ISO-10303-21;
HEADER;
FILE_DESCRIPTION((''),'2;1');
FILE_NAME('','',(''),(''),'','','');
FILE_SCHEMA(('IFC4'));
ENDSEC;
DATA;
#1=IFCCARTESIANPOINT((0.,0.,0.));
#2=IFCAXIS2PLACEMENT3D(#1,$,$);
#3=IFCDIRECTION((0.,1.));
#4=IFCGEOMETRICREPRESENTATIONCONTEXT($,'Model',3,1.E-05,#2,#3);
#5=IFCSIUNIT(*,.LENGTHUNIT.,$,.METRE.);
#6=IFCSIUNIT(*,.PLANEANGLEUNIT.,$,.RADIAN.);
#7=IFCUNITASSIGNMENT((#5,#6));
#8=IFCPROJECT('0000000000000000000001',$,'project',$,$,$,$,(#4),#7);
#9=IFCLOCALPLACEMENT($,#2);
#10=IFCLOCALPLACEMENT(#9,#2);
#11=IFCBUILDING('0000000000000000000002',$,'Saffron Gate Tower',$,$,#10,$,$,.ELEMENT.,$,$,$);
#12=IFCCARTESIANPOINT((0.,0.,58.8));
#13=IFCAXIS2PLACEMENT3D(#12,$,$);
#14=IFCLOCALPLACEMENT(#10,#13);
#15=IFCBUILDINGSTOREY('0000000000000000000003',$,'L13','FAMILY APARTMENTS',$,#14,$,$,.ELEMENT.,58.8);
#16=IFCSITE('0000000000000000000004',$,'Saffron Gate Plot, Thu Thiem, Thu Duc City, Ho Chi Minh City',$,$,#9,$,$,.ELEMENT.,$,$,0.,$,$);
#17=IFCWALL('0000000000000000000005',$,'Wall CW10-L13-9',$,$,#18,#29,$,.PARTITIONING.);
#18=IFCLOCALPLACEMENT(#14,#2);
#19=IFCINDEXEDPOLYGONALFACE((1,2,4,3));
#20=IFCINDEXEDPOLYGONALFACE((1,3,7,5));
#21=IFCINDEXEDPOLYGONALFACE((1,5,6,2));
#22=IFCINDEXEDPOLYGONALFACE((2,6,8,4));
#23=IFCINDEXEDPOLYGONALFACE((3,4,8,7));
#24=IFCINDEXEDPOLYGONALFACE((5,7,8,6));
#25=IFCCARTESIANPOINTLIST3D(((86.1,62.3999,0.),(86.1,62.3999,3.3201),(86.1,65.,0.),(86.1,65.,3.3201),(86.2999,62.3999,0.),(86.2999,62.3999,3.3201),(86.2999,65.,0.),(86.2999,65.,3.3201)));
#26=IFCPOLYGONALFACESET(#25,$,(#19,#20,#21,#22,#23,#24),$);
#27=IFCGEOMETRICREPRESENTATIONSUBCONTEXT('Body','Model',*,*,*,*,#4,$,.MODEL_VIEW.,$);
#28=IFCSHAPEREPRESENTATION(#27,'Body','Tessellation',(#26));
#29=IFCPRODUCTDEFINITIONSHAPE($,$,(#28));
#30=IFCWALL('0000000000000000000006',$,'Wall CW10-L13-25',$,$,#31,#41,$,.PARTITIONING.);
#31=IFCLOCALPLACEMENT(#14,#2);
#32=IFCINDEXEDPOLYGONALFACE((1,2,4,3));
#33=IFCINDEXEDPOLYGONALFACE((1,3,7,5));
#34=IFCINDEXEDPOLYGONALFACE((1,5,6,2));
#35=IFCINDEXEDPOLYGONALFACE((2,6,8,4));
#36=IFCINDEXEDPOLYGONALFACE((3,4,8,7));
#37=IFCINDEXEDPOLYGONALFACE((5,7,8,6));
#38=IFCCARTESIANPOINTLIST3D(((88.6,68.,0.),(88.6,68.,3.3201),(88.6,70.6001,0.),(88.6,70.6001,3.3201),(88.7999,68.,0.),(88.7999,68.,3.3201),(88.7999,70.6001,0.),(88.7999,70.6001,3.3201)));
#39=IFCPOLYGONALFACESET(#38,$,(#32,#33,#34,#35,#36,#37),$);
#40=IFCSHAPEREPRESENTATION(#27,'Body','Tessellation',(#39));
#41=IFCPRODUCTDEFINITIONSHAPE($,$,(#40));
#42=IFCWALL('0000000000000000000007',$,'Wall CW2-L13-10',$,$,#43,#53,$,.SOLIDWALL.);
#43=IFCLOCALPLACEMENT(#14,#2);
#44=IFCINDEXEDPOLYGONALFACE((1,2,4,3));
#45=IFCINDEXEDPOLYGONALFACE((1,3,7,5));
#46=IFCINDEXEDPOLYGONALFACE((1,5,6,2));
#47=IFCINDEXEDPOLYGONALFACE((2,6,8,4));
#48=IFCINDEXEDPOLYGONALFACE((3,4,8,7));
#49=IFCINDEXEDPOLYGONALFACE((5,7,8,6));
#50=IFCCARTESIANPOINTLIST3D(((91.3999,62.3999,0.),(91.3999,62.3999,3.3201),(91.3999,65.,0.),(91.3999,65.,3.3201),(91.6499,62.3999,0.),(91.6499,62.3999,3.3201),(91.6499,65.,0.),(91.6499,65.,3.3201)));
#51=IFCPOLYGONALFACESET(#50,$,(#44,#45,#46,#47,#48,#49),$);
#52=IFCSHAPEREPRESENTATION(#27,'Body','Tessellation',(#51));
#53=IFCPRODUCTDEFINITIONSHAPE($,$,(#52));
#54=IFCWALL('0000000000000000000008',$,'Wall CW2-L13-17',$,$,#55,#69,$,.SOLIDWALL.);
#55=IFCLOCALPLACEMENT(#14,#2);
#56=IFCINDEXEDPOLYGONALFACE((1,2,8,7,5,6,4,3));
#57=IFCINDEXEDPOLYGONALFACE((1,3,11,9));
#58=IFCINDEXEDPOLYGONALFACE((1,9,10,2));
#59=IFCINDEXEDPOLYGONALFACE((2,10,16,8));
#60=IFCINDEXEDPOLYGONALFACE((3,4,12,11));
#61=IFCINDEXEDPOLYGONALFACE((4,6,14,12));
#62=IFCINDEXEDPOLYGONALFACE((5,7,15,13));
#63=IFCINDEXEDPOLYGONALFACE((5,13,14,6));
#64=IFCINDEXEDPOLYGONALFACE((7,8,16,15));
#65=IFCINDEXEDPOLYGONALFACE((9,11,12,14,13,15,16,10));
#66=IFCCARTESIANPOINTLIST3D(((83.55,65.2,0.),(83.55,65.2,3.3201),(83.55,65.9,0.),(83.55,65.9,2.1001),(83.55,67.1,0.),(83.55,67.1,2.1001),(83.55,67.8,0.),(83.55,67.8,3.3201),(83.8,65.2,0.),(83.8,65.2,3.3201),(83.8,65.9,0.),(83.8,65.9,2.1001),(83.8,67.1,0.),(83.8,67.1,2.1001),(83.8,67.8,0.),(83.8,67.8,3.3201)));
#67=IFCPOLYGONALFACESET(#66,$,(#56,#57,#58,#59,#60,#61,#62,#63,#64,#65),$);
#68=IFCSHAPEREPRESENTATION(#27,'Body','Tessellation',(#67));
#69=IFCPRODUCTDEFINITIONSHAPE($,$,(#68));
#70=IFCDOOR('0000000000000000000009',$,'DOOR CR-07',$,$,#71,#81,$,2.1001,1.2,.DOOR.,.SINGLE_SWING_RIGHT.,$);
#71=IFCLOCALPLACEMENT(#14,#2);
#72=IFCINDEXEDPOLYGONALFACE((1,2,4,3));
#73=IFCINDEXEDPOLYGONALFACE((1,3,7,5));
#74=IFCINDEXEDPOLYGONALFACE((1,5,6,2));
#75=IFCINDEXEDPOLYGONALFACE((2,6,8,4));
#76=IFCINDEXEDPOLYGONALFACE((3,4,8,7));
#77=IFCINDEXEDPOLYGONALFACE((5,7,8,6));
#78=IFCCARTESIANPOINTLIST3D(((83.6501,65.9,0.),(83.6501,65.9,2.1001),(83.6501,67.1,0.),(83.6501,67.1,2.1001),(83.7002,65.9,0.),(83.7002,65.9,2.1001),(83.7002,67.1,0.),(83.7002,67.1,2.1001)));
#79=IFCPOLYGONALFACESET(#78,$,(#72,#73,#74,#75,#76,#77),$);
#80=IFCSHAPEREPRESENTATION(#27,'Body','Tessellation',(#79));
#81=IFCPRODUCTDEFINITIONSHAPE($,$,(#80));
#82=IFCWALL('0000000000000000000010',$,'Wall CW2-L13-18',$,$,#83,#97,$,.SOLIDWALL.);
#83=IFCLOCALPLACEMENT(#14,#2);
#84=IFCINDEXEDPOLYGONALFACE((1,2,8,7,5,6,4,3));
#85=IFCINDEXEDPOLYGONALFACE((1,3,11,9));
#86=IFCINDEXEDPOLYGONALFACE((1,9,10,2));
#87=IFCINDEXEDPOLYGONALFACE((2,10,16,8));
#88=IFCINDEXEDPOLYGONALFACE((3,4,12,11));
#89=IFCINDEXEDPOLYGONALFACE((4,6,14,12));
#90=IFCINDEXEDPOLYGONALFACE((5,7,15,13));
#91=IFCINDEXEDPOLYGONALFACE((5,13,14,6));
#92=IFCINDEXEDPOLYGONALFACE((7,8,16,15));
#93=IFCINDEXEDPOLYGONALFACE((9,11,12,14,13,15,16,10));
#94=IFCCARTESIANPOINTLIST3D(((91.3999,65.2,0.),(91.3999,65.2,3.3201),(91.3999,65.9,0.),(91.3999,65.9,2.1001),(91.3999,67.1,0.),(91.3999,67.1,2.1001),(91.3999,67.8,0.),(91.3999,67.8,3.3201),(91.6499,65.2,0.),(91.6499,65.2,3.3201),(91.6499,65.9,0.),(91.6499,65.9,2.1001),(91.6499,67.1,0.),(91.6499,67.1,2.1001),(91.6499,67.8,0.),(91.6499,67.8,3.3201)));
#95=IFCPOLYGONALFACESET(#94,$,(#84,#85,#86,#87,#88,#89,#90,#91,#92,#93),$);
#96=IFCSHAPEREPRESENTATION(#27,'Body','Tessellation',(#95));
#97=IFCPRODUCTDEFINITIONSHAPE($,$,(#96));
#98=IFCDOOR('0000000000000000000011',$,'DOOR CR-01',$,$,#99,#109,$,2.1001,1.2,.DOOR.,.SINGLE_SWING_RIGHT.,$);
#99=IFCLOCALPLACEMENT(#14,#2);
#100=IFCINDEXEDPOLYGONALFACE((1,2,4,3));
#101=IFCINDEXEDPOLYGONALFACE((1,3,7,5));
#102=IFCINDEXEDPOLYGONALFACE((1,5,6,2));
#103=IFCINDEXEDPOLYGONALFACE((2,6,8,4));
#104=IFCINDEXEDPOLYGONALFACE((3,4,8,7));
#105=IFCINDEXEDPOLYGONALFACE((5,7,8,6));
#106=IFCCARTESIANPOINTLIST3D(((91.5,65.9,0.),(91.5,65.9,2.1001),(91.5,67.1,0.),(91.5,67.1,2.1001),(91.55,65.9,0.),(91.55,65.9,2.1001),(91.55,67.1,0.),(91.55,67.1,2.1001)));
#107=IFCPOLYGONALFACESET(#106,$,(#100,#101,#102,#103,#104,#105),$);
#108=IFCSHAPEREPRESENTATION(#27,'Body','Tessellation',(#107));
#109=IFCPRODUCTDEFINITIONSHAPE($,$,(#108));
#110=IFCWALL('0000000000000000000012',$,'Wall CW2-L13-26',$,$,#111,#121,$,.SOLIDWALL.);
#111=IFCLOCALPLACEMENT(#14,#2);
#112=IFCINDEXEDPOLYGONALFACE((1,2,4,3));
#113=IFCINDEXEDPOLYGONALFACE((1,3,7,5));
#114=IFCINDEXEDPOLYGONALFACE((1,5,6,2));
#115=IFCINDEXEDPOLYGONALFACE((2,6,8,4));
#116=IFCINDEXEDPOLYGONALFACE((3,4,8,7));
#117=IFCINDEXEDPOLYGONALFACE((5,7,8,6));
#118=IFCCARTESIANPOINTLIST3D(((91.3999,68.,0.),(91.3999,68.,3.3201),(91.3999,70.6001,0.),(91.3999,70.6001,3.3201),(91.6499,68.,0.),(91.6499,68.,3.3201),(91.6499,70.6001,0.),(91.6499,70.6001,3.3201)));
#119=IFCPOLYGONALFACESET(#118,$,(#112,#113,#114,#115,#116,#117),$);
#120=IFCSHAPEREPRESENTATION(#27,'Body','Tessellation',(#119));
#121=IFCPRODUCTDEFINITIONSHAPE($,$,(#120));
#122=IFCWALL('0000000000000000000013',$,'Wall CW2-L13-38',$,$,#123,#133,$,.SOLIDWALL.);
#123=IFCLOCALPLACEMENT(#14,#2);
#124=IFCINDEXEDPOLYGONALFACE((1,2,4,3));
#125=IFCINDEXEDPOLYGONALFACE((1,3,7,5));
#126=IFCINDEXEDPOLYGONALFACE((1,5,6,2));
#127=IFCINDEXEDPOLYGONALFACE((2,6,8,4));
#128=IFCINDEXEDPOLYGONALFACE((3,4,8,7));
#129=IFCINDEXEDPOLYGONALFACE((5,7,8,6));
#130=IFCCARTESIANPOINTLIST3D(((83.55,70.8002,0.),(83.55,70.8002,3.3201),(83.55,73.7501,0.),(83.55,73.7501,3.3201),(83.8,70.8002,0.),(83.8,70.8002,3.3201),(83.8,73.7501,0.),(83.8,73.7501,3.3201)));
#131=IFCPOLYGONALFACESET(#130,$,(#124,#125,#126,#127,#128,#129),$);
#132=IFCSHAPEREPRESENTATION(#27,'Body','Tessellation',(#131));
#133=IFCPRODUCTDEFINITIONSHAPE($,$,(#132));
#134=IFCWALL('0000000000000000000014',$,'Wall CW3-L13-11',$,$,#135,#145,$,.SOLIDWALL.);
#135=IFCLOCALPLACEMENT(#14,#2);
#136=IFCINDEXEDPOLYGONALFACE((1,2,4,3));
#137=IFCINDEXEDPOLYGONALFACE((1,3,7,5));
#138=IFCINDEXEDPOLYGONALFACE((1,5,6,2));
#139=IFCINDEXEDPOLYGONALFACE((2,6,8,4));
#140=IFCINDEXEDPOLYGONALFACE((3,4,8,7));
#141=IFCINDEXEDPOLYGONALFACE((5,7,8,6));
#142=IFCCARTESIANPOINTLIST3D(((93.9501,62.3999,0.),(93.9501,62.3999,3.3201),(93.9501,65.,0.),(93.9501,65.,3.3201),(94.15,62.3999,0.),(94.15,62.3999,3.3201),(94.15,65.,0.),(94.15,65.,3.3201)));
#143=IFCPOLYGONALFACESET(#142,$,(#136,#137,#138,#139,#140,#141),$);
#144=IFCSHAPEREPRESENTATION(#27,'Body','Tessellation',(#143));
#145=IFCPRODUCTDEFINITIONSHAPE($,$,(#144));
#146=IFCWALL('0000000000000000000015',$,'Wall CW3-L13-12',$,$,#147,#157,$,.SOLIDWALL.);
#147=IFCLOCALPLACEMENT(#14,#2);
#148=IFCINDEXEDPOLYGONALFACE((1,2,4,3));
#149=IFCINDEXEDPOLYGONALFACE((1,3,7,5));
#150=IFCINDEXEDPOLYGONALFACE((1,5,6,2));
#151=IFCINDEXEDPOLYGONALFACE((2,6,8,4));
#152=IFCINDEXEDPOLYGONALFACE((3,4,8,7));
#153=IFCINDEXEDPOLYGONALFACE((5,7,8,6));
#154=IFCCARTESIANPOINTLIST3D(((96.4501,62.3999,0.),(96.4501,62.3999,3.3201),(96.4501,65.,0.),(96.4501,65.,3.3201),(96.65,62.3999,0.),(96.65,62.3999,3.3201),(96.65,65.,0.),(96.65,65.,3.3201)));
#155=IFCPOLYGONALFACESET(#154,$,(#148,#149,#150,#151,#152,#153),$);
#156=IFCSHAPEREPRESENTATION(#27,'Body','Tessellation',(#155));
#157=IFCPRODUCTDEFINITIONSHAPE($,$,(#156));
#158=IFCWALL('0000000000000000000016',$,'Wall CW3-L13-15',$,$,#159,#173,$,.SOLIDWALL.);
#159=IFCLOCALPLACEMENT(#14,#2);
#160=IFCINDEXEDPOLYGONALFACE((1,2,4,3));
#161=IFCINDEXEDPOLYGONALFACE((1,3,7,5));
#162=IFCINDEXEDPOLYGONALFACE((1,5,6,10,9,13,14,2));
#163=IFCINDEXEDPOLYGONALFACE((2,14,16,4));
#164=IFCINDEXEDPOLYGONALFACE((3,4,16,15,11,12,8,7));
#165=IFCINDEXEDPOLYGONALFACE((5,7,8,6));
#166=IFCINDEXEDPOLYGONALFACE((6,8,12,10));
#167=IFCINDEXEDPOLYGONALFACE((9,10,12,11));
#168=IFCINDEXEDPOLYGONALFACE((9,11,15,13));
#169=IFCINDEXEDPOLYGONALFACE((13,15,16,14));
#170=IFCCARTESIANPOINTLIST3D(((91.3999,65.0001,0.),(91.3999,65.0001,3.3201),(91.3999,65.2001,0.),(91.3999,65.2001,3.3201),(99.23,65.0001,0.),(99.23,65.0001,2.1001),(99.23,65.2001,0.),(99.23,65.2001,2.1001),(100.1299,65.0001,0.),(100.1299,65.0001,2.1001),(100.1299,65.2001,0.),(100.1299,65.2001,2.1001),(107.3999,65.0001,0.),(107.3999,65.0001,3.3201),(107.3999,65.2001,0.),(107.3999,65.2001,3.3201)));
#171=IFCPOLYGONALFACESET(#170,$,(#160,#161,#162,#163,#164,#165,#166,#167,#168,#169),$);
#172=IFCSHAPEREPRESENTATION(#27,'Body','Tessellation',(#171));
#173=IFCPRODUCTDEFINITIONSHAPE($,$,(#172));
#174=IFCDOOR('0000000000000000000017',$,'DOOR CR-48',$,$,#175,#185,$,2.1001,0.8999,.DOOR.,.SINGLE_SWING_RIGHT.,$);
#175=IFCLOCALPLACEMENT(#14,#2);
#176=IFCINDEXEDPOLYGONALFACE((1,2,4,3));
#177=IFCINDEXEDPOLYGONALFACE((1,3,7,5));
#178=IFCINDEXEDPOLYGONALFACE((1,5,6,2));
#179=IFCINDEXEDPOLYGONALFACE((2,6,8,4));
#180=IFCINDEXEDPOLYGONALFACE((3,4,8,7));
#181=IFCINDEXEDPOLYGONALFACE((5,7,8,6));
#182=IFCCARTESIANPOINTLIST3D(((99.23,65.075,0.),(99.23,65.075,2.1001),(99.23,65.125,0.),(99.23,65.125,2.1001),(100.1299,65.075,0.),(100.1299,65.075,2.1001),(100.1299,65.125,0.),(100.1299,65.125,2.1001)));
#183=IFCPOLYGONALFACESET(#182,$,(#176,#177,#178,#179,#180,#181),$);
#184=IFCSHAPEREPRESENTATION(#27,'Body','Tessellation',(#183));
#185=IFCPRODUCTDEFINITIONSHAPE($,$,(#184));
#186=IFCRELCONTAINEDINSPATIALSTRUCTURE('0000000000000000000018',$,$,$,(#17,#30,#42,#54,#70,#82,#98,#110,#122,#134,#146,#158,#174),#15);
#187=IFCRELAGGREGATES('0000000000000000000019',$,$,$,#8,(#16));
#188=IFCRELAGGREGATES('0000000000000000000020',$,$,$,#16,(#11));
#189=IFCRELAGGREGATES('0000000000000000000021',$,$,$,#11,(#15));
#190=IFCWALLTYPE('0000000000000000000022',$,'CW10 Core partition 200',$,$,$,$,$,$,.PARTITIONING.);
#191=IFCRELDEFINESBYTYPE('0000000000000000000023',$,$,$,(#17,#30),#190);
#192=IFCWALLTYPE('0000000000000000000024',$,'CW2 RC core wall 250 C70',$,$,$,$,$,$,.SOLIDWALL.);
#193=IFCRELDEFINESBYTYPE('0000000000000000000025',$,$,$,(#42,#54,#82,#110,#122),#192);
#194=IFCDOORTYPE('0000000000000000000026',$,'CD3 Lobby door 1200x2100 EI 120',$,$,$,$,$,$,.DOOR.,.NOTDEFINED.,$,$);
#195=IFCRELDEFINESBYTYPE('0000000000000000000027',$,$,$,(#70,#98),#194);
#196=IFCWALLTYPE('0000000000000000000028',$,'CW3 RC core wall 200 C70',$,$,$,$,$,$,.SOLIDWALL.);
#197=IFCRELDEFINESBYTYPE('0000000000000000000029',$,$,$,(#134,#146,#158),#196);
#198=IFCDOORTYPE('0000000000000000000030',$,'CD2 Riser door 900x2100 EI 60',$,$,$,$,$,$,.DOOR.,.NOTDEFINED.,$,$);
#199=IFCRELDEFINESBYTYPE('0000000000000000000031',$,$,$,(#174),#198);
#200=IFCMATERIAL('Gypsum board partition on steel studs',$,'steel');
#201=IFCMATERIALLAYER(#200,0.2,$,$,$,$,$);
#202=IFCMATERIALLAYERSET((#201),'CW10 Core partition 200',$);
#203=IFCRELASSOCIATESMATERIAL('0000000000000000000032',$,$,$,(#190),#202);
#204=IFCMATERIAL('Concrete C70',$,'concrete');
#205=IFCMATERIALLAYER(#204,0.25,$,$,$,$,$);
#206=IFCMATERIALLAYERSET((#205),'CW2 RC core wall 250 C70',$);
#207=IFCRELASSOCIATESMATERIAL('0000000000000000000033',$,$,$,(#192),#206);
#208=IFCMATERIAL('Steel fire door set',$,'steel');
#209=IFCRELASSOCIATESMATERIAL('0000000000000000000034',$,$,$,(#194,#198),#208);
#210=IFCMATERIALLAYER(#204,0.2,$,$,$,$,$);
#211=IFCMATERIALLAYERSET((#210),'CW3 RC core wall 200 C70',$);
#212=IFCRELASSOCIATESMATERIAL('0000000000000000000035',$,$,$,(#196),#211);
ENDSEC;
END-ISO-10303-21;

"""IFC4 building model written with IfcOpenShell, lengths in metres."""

from ifc_helpers import new_model, si_unit, direction, frame, frame_2d, origin, place, context, subcontext, project, spatial, rectangle, extrude, material, layer, layer_set, type_object, element, fill, save


model = new_model("IFC4")

# Units and contexts
model_context = context("Model", 3, precision=1e-05, world=origin(), true_north=direction((0.0, 1.0)))
body_context = subcontext(model_context, "Body", "Model", "MODEL_VIEW")
ifc_project = project(units=[si_unit("LENGTHUNIT", "METRE"), si_unit("PLANEANGLEUNIT", "RADIAN")], contexts=[model_context])

# Site, building, storey
site_placement = place(None, origin())
site = spatial("IfcSite", under=ifc_project, at=site_placement, Name="Saffron Gate Plot, Thu Thiem, Thu Duc City, Ho Chi Minh City", CompositionType="ELEMENT", RefElevation=0.0)
building_placement = place(site_placement, origin())
building = spatial("IfcBuilding", under=site, at=building_placement, Name="Saffron Gate Tower", CompositionType="ELEMENT")
storey_placement = place(building_placement, frame((0.0, 0.0, 58.8)))
storey = spatial("IfcBuildingStorey", under=building, at=storey_placement, Name="L13", Description="FAMILY APARTMENTS", CompositionType="ELEMENT", Elevation=58.8)

# Walls
ifc_material_1 = material(Name="Gypsum board partition on steel studs", Category="steel")
ifc_layer_1 = layer(ifc_material_1, 0.2)
ifc_layer_set_1 = layer_set([ifc_layer_1], Name="CW10 Core partition 200")
wall_type_1 = type_object("IfcWallType", Name="CW10 Core partition 200", PredefinedType="PARTITIONING", material=ifc_layer_set_1)
for number, where, z_axis, x_axis, name in (
    (1, (86.2, 62.3999, 0.0), (0.0, 0.0, 1.0), (0.0, 1.0, 0.0), "Wall CW10-L13-9"),
    (2, (88.7, 68.0, 0.0), (0.0, 0.0, 1.0), (0.0, 1.0, 0.0), "Wall CW10-L13-25"),
):
    element("IfcWall", number, at=place(storey_placement, frame(where, z_axis=z_axis, x_axis=x_axis)), inside=storey, type_object=wall_type_1, Name=name, PredefinedType="PARTITIONING", context=body_context, shape_type="SweptSolid", body=[
        extrude(rectangle(XDim=2.6001, YDim=0.2, at=frame_2d((1.3, 0.0))), origin(), (0.0, 0.0, 1.0), 3.3201),
    ])
ifc_material_2 = material(Name="Concrete C70", Category="concrete")
ifc_layer_2 = layer(ifc_material_2, 0.25)
ifc_layer_set_2 = layer_set([ifc_layer_2], Name="CW2 RC core wall 250 C70")
wall_type_2 = type_object("IfcWallType", Name="CW2 RC core wall 250 C70", PredefinedType="SOLIDWALL", material=ifc_layer_set_2)
wall_1_placement = place(storey_placement, frame((91.5249, 62.3999, 0.0), z_axis=(0.0, 0.0, 1.0), x_axis=(0.0, 1.0, 0.0)))
element("IfcWall", 3, at=wall_1_placement, inside=storey, type_object=wall_type_2, Name="Wall CW2-L13-10", PredefinedType="SOLIDWALL", context=body_context, shape_type="SweptSolid", body=[
    extrude(rectangle(XDim=2.6001, YDim=0.25, at=frame_2d((1.3, 0.0))), origin(), (0.0, 0.0, 1.0), 3.3201),
])

# Walls, openings, doors
wall_2_placement = place(storey_placement, frame((83.675, 65.2, 0.0), z_axis=(0.0, 0.0, 1.0), x_axis=(0.0, 1.0, 0.0)))
wall_2 = element("IfcWall", 4, at=wall_2_placement, inside=storey, type_object=wall_type_2, Name="Wall CW2-L13-17", PredefinedType="SOLIDWALL", context=body_context, shape_type="SweptSolid", body=[
    extrude(rectangle(XDim=2.6001, YDim=0.25, at=frame_2d((1.3, 0.0))), origin(), (0.0, 0.0, 1.0), 3.3201),
])
opening_1_placement = place(wall_2_placement, frame((0.7, 0.0, 0.0)))
opening_1 = element("IfcOpeningElement", 5, at=opening_1_placement, cuts=wall_2, PredefinedType="OPENING", context=body_context, shape_type="SweptSolid", body=[
    extrude(rectangle(XDim=1.2, YDim=2.1001, at=frame_2d((0.6001, 1.05))), frame((0.0, 0.135, 0.0), z_axis=(0.0, -1.0, 0.0), x_axis=(1.0, 0.0, 0.0)), (0.0, 0.0, 1.0), 0.27),
])
ifc_material_3 = material(Name="Steel fire door set", Category="steel")
door_type_1 = type_object("IfcDoorType", Name="CD3 Lobby door 1200x2100 EI 120", OperationType="NOTDEFINED", PredefinedType="DOOR", material=ifc_material_3)
door_1_placement = place(opening_1_placement, origin())
door_1 = element("IfcDoor", 6, at=door_1_placement, inside=storey, type_object=door_type_1, Name="DOOR CR-07", OperationType="SINGLE_SWING_RIGHT", OverallHeight=2.1001, OverallWidth=1.2, PredefinedType="DOOR", context=body_context, shape_type="SweptSolid", body=[
    extrude(rectangle(XDim=1.2, YDim=2.1001, at=frame_2d((0.6001, 1.05))), frame((0.0, 0.0249, 0.0), z_axis=(0.0, -1.0, 0.0), x_axis=(1.0, 0.0, 0.0)), (0.0, 0.0, 1.0), 0.05),
])
fill(opening_1, door_1)
wall_3_placement = place(storey_placement, frame((91.5249, 65.2, 0.0), z_axis=(0.0, 0.0, 1.0), x_axis=(0.0, 1.0, 0.0)))
wall_3 = element("IfcWall", 7, at=wall_3_placement, inside=storey, type_object=wall_type_2, Name="Wall CW2-L13-18", PredefinedType="SOLIDWALL", context=body_context, shape_type="SweptSolid", body=[
    extrude(rectangle(XDim=2.6001, YDim=0.25, at=frame_2d((1.3, 0.0))), origin(), (0.0, 0.0, 1.0), 3.3201),
])
opening_2_placement = place(wall_3_placement, frame((0.7, 0.0, 0.0)))
opening_2 = element("IfcOpeningElement", 8, at=opening_2_placement, cuts=wall_3, PredefinedType="OPENING", context=body_context, shape_type="SweptSolid", body=[
    extrude(rectangle(XDim=1.2, YDim=2.1001, at=frame_2d((0.6001, 1.05))), frame((0.0, 0.135, 0.0), z_axis=(0.0, -1.0, 0.0), x_axis=(1.0, 0.0, 0.0)), (0.0, 0.0, 1.0), 0.27),
])
door_2_placement = place(opening_2_placement, origin())
door_2 = element("IfcDoor", 9, at=door_2_placement, inside=storey, type_object=door_type_1, Name="DOOR CR-01", OperationType="SINGLE_SWING_RIGHT", OverallHeight=2.1001, OverallWidth=1.2, PredefinedType="DOOR", context=body_context, shape_type="SweptSolid", body=[
    extrude(rectangle(XDim=1.2, YDim=2.1001, at=frame_2d((0.6001, 1.05))), frame((0.0, 0.0249, 0.0), z_axis=(0.0, -1.0, 0.0), x_axis=(1.0, 0.0, 0.0)), (0.0, 0.0, 1.0), 0.05),
])
fill(opening_2, door_2)

# Walls
wall_4_placement = place(storey_placement, frame((91.5249, 68.0, 0.0), z_axis=(0.0, 0.0, 1.0), x_axis=(0.0, 1.0, 0.0)))
element("IfcWall", 10, at=wall_4_placement, inside=storey, type_object=wall_type_2, Name="Wall CW2-L13-26", PredefinedType="SOLIDWALL", context=body_context, shape_type="SweptSolid", body=[
    extrude(rectangle(XDim=2.6001, YDim=0.25, at=frame_2d((1.3, 0.0))), origin(), (0.0, 0.0, 1.0), 3.3201),
])
wall_5_placement = place(storey_placement, frame((83.675, 70.8, 0.0), z_axis=(0.0, 0.0, 1.0), x_axis=(0.0, 1.0, 0.0)))
element("IfcWall", 11, at=wall_5_placement, inside=storey, type_object=wall_type_2, Name="Wall CW2-L13-38", PredefinedType="SOLIDWALL", context=body_context, shape_type="SweptSolid", body=[
    extrude(rectangle(XDim=2.95, YDim=0.25, at=frame_2d((1.4751, 0.0))), origin(), (0.0, 0.0, 1.0), 3.3201),
])
ifc_layer_3 = layer(ifc_material_2, 0.2)
ifc_layer_set_3 = layer_set([ifc_layer_3], Name="CW3 RC core wall 200 C70")
wall_type_3 = type_object("IfcWallType", Name="CW3 RC core wall 200 C70", PredefinedType="SOLIDWALL", material=ifc_layer_set_3)
for number, where, z_axis, x_axis, name in (
    (12, (94.05, 62.3999, 0.0), (0.0, 0.0, 1.0), (0.0, 1.0, 0.0), "Wall CW3-L13-11"),
    (13, (96.55, 62.3999, 0.0), (0.0, 0.0, 1.0), (0.0, 1.0, 0.0), "Wall CW3-L13-12"),
):
    element("IfcWall", number, at=place(storey_placement, frame(where, z_axis=z_axis, x_axis=x_axis)), inside=storey, type_object=wall_type_3, Name=name, PredefinedType="SOLIDWALL", context=body_context, shape_type="SweptSolid", body=[
        extrude(rectangle(XDim=2.6001, YDim=0.2, at=frame_2d((1.3, 0.0))), origin(), (0.0, 0.0, 1.0), 3.3201),
    ])

# Wall, opening, door
wall_6_placement = place(storey_placement, frame((91.3999, 65.1001, 0.0), z_axis=(0.0, 0.0, 1.0), x_axis=(1.0, 0.0, 0.0)))
wall_6 = element("IfcWall", 14, at=wall_6_placement, inside=storey, type_object=wall_type_3, Name="Wall CW3-L13-15", PredefinedType="SOLIDWALL", context=body_context, shape_type="SweptSolid", body=[
    extrude(rectangle(XDim=16.0, YDim=0.2, at=frame_2d((8.0, 0.0))), origin(), (0.0, 0.0, 1.0), 3.3201),
])
opening_3_placement = place(wall_6_placement, frame((7.8301, 0.0, 0.0)))
opening_3 = element("IfcOpeningElement", 15, at=opening_3_placement, cuts=wall_6, PredefinedType="OPENING", context=body_context, shape_type="SweptSolid", body=[
    extrude(rectangle(XDim=0.8999, YDim=2.1001, at=frame_2d((0.45, 1.05))), frame((0.0, 0.1099, 0.0), z_axis=(0.0, -1.0, 0.0), x_axis=(1.0, 0.0, 0.0)), (0.0, 0.0, 1.0), 0.22),
])
door_type_2 = type_object("IfcDoorType", Name="CD2 Riser door 900x2100 EI 60", OperationType="NOTDEFINED", PredefinedType="DOOR", material=ifc_material_3)
door_3_placement = place(opening_3_placement, origin())
door_3 = element("IfcDoor", 16, at=door_3_placement, inside=storey, type_object=door_type_2, Name="DOOR CR-48", OperationType="SINGLE_SWING_RIGHT", OverallHeight=2.1001, OverallWidth=0.8999, PredefinedType="DOOR", context=body_context, shape_type="SweptSolid", body=[
    extrude(rectangle(XDim=0.8999, YDim=2.1001, at=frame_2d((0.45, 1.05))), frame((0.0, 0.0249, 0.0), z_axis=(0.0, -1.0, 0.0), x_axis=(1.0, 0.0, 0.0)), (0.0, 0.0, 1.0), 0.05),
])
fill(opening_3, door_3)

save(model, "model.ifc")
